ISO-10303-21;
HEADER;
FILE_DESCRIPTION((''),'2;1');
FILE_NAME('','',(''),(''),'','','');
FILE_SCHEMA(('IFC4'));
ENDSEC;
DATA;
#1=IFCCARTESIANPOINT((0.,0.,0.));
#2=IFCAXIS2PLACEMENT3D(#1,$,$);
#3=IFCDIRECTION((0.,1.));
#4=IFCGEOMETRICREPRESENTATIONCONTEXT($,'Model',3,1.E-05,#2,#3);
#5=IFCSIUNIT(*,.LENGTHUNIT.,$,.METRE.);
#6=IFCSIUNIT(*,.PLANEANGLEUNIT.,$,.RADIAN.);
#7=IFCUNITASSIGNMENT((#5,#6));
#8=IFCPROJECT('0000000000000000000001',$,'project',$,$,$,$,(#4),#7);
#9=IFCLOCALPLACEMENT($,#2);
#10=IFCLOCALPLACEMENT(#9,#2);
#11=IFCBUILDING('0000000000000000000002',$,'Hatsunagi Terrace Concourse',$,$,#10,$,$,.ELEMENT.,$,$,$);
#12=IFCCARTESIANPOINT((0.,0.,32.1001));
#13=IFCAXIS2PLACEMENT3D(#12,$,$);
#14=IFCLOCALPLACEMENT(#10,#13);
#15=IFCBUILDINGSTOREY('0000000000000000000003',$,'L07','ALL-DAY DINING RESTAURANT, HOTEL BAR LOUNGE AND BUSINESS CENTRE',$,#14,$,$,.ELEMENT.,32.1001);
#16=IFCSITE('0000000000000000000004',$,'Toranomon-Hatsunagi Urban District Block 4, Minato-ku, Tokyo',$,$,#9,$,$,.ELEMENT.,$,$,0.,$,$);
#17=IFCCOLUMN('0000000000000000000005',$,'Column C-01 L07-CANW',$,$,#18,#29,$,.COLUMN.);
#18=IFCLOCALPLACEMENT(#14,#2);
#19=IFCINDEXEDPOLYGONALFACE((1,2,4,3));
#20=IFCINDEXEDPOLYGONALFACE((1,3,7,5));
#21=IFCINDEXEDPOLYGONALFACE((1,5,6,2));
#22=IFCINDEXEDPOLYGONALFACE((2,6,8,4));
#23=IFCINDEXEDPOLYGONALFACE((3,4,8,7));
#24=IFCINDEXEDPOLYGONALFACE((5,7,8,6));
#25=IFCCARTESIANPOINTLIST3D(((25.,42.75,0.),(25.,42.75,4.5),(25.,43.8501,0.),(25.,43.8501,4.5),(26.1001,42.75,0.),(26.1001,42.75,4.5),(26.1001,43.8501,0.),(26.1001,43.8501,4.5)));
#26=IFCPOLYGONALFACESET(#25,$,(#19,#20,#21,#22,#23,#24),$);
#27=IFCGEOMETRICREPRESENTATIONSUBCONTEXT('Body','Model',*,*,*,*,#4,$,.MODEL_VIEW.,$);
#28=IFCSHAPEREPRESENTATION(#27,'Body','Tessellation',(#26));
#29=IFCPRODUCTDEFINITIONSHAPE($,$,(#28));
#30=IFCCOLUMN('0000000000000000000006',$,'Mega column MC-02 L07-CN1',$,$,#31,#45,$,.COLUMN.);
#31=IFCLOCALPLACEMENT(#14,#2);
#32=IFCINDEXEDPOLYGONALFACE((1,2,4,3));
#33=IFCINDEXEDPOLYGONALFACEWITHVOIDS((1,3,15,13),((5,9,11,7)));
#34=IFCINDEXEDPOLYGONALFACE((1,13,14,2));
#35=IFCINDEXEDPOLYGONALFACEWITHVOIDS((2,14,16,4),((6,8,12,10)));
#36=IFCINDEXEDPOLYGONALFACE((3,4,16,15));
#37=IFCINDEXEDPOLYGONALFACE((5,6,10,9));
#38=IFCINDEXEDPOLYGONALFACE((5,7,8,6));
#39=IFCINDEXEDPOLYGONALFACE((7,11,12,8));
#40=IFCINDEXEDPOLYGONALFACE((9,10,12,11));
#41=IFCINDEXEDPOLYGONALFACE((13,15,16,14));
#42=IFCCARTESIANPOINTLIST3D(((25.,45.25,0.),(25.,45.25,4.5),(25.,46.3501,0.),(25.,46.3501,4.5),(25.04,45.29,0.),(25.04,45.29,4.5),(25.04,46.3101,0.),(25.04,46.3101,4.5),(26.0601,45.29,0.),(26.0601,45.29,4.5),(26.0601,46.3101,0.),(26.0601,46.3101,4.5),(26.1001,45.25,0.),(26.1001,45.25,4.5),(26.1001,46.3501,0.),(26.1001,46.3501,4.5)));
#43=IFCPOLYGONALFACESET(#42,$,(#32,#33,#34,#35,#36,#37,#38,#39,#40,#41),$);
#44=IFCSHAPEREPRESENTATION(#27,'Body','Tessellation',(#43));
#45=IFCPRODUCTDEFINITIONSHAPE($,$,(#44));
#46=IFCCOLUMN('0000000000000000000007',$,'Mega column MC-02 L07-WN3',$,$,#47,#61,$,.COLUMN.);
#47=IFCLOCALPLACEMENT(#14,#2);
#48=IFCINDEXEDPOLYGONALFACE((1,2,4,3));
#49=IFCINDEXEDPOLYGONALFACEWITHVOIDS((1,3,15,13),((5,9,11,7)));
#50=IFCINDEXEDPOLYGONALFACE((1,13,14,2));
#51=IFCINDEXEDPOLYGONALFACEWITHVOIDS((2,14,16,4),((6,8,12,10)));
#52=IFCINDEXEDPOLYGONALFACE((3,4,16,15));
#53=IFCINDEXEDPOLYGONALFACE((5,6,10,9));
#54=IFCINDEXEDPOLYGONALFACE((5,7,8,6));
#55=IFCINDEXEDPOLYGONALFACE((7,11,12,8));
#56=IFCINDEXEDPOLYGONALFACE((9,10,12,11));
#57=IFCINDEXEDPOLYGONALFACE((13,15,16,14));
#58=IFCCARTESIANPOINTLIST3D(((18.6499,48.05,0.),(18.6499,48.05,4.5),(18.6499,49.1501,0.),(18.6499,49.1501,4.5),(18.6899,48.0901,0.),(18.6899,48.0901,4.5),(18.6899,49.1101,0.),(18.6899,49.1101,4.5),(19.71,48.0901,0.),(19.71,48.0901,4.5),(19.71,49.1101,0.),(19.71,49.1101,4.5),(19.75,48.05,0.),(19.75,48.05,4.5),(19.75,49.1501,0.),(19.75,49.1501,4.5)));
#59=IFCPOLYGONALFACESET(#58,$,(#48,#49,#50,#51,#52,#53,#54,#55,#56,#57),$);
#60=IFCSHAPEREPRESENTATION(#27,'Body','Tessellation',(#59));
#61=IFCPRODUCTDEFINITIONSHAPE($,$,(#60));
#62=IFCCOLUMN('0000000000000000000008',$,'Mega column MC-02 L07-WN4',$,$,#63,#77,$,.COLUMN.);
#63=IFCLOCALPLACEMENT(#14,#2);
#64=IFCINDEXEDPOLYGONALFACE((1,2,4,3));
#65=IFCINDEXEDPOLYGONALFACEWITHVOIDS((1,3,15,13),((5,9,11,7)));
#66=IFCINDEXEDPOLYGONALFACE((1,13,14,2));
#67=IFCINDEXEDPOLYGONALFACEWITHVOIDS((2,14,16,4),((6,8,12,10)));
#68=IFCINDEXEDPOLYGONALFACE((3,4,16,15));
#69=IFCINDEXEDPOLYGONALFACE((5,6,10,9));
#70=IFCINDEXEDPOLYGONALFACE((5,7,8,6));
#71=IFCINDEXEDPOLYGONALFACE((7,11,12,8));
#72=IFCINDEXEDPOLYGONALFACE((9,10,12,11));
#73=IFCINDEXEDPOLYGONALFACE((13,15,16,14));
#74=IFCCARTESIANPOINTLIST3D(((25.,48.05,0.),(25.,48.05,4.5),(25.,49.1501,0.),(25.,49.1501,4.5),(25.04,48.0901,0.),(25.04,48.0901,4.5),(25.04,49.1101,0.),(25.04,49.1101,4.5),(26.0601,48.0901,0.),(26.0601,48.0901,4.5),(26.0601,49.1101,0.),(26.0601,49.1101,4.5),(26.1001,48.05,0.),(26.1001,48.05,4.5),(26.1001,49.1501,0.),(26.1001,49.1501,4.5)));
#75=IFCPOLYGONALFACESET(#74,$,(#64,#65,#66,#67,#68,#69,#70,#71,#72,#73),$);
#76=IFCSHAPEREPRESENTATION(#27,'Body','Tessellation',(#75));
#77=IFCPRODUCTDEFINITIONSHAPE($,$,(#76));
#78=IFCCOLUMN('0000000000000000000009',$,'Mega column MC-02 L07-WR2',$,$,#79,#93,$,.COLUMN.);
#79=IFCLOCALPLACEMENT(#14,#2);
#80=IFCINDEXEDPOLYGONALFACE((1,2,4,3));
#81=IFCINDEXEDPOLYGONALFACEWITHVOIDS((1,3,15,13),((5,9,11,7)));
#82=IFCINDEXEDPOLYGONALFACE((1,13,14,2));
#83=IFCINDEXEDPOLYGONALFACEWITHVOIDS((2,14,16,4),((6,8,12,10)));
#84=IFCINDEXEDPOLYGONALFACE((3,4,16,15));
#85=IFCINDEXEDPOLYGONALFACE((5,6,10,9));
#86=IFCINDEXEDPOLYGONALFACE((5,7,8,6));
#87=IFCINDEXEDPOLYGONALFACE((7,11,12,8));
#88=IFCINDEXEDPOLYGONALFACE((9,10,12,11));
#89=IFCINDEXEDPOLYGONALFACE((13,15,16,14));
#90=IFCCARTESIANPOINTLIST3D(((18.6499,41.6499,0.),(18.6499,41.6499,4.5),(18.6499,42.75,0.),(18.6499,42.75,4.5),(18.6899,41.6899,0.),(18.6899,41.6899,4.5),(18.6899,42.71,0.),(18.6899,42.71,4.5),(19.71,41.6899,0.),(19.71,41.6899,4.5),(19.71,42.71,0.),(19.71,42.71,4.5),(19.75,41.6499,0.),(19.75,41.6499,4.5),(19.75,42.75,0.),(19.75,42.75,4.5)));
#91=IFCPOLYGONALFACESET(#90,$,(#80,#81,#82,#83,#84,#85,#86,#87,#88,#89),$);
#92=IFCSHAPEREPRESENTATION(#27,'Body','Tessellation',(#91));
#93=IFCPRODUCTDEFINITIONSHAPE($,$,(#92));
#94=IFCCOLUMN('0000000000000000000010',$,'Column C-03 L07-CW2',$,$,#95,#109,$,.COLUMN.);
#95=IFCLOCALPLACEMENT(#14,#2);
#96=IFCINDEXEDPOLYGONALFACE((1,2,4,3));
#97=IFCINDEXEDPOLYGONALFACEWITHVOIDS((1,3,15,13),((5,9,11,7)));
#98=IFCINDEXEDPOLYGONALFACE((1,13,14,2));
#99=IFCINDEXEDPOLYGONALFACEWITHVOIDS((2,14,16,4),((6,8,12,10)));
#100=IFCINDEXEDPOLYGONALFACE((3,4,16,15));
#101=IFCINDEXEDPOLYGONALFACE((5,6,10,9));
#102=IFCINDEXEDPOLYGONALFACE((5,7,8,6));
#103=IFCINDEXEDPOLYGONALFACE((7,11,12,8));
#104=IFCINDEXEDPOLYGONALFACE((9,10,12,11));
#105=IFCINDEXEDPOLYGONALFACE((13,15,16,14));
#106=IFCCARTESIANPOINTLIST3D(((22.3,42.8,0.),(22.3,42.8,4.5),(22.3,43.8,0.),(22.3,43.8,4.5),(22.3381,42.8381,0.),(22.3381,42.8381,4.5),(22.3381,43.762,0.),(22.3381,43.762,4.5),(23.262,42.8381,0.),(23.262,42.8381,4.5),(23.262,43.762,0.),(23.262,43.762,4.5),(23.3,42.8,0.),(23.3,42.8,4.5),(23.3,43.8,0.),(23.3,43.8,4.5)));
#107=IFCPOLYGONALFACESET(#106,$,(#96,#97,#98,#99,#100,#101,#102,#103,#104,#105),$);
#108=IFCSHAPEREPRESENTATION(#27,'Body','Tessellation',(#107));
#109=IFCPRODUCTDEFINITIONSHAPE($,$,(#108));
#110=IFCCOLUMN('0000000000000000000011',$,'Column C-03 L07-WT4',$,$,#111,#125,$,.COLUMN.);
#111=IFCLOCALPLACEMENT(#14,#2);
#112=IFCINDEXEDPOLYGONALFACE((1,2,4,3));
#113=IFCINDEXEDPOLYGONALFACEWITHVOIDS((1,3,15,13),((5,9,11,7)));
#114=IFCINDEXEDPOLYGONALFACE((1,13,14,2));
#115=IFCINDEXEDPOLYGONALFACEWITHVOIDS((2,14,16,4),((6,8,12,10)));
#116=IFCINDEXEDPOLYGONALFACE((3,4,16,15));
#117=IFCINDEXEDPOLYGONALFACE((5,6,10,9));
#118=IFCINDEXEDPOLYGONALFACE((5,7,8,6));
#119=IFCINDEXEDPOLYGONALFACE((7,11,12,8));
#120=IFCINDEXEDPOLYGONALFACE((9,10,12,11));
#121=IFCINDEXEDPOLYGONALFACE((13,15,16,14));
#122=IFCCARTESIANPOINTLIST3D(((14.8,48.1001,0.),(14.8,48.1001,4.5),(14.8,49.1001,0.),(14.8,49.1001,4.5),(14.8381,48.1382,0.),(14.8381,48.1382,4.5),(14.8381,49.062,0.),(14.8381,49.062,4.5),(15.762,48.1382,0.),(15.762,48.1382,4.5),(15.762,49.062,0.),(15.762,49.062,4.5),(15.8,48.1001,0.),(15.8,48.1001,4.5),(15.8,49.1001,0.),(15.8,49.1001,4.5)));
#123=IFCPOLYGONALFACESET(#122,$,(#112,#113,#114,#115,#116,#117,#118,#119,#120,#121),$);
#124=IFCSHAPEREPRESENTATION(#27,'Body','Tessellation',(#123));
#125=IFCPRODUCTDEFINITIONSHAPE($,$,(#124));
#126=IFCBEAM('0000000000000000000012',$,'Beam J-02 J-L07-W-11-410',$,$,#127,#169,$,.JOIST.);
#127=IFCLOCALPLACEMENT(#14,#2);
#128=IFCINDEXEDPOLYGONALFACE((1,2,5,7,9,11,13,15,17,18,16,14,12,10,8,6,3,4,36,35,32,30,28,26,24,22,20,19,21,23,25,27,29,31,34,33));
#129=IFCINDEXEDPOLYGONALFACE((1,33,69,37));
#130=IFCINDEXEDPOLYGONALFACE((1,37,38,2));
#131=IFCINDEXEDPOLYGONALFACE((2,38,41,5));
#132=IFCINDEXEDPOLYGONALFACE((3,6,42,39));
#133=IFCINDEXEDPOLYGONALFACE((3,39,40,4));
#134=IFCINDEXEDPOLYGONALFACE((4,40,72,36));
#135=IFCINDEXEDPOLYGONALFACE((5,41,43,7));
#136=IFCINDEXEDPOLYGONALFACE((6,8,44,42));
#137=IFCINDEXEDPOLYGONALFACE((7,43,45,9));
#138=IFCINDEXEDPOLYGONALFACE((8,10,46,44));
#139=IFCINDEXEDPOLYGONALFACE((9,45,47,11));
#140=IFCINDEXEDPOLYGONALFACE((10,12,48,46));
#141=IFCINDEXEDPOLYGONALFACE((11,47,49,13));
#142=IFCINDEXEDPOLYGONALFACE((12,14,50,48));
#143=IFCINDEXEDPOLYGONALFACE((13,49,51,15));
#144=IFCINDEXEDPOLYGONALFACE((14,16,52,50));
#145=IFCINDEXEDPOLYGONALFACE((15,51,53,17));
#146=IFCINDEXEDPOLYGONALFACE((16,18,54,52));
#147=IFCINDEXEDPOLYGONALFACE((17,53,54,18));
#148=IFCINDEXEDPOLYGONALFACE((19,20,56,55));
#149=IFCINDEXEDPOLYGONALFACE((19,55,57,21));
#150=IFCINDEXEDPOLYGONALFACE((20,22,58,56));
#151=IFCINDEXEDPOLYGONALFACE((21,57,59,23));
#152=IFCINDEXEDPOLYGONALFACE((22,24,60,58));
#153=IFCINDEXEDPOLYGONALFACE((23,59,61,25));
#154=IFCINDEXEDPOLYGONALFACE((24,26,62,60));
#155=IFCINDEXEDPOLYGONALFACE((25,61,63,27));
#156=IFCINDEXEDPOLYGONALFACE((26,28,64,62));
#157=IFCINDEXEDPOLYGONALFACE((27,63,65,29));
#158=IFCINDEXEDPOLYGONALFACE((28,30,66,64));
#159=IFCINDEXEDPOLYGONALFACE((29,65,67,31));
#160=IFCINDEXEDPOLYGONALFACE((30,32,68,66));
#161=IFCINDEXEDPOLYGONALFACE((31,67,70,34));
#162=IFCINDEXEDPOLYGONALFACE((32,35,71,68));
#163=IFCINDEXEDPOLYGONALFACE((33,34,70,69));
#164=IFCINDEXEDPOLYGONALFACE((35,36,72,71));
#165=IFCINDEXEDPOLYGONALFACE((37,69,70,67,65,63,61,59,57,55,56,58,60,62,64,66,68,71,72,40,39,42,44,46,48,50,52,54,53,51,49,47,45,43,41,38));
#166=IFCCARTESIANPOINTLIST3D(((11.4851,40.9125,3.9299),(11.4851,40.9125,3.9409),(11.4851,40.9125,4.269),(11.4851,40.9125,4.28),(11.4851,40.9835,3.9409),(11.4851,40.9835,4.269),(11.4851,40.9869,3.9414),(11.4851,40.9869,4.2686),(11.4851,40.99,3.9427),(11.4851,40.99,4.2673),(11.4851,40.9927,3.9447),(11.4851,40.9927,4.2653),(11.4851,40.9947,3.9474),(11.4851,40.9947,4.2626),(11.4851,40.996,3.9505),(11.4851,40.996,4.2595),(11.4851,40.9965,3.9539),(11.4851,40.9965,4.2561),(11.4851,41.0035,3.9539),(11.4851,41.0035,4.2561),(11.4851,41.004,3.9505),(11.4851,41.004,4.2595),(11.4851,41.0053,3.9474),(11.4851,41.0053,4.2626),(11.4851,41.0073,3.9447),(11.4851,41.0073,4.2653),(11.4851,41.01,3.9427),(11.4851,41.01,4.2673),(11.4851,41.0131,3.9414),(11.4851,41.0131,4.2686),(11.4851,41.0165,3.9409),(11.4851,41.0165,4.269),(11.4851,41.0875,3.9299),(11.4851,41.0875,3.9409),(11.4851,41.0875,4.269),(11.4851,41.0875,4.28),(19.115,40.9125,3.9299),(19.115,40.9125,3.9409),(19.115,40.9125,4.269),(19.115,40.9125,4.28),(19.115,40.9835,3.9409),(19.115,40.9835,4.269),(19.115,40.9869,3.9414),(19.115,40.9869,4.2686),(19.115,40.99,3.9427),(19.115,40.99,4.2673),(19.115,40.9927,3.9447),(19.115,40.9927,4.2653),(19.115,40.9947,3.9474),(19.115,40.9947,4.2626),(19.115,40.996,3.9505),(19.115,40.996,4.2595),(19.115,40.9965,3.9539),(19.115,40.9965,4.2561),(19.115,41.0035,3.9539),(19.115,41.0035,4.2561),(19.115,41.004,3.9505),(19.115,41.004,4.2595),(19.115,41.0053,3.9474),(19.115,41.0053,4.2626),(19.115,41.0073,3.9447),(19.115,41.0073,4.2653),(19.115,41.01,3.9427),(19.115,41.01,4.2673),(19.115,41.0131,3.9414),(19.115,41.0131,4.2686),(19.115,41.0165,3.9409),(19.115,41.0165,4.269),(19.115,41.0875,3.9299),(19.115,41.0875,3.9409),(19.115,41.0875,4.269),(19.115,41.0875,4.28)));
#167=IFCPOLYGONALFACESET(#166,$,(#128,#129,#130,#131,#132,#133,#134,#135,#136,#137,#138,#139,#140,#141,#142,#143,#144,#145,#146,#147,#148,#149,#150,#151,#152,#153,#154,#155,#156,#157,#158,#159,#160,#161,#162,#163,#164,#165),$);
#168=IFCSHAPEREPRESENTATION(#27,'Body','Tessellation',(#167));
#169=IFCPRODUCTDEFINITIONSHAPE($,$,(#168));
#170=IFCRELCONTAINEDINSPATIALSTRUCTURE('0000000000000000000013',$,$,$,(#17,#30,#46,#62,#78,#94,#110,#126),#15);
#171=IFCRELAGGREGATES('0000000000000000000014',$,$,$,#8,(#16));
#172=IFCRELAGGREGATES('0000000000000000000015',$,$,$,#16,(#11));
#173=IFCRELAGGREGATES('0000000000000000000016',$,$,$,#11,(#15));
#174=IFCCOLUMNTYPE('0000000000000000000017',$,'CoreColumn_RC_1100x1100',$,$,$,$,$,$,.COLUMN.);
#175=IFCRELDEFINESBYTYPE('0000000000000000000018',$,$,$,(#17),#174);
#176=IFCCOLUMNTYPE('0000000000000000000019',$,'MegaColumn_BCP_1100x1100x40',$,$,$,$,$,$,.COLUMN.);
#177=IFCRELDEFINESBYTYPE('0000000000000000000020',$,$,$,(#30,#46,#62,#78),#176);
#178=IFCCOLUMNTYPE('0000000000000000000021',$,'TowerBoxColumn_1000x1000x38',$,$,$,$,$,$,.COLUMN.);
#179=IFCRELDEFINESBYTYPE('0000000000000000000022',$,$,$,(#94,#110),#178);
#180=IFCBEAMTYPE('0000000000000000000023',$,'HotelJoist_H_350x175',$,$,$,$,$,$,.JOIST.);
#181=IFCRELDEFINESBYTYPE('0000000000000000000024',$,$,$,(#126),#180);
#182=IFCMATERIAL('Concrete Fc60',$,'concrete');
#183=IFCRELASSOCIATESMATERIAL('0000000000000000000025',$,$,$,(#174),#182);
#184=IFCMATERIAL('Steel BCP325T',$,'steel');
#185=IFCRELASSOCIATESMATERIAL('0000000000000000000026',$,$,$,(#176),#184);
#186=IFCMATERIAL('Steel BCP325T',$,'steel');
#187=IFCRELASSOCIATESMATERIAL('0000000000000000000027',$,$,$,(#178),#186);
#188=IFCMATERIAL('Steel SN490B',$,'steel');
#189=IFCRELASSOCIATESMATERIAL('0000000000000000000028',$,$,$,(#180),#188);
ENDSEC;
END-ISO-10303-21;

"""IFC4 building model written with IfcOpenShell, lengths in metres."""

from ifc_helpers import new_model, si_unit, direction, frame, origin, origin_2d, place, context, subcontext, project, spatial, rectangle, hollow_rectangle, i_section, extrude, material, material_profile, profile_set, type_object, element, save


model = new_model("IFC4")

# Units and contexts
model_context = context("Model", 3, precision=1e-05, world=origin(), true_north=direction((0.0, 1.0)))
body_context = subcontext(model_context, "Body", "Model", "MODEL_VIEW")
ifc_project = project(units=[si_unit("LENGTHUNIT", "METRE"), si_unit("PLANEANGLEUNIT", "RADIAN")], contexts=[model_context])

# Site, building, storey
site_placement = place(None, origin())
site = spatial("IfcSite", under=ifc_project, at=site_placement, Name="Toranomon-Hatsunagi Urban District Block 4, Minato-ku, Tokyo", CompositionType="ELEMENT", RefElevation=0.0)
building_placement = place(site_placement, origin())
building = spatial("IfcBuilding", under=site, at=building_placement, Name="Hatsunagi Terrace Concourse", CompositionType="ELEMENT")
storey_placement = place(building_placement, frame((0.0, 0.0, 32.1001)))
storey = spatial("IfcBuildingStorey", under=building, at=storey_placement, Name="L07", Description="ALL-DAY DINING RESTAURANT, HOTEL BAR LOUNGE AND BUSINESS CENTRE", CompositionType="ELEMENT", Elevation=32.1001)

# Columns
ifc_material_1 = material(Name="Concrete Fc60", Category="concrete")
ifc_material_profile_1 = material_profile(ifc_material_1, rectangle(XDim=1.1001, YDim=1.1001, at=origin_2d()), Name="RC-1100x1100")
ifc_profile_set_1 = profile_set([ifc_material_profile_1], Name="Concrete Fc60")
column_type_1 = type_object("IfcColumnType", Name="CoreColumn_RC_1100x1100", PredefinedType="COLUMN", material=ifc_profile_set_1)
column_placement = place(storey_placement, frame((25.55, 43.3, 0.0), z_axis=(0.0, 0.0, 1.0), x_axis=(1.0, 0.0, 0.0)))
element("IfcColumn", 1, at=column_placement, inside=storey, type_object=column_type_1, Name="Column C-01 L07-CANW", PredefinedType="COLUMN", context=body_context, shape_type="SweptSolid", body=[
    extrude(rectangle(XDim=1.1001, YDim=1.1001, at=origin_2d()), origin(), (0.0, 0.0, 1.0), 4.5),
])
ifc_material_2 = material(Name="Steel BCP325T", Category="steel")
ifc_material_profile_2 = material_profile(ifc_material_2, hollow_rectangle(XDim=1.1001, YDim=1.1001, WallThickness=0.04, at=origin_2d()), Name="BCP-1100x1100x40")
ifc_profile_set_2 = profile_set([ifc_material_profile_2], Name="Steel BCP325T")
column_type_2 = type_object("IfcColumnType", Name="MegaColumn_BCP_1100x1100x40", PredefinedType="COLUMN", material=ifc_profile_set_2)
for number, where, z_axis, x_axis, name in (
    (2, (25.55, 45.8, 0.0), (0.0, 0.0, 1.0), (1.0, 0.0, 0.0), "Mega column MC-02 L07-CN1"),
    (3, (19.2, 48.6001, 0.0), (0.0, 0.0, 1.0), (1.0, 0.0, 0.0), "Mega column MC-02 L07-WN3"),
    (4, (25.55, 48.6001, 0.0), (0.0, 0.0, 1.0), (1.0, 0.0, 0.0), "Mega column MC-02 L07-WN4"),
    (5, (19.2, 42.2, 0.0), (0.0, 0.0, 1.0), (1.0, 0.0, 0.0), "Mega column MC-02 L07-WR2"),
):
    element("IfcColumn", number, at=place(storey_placement, frame(where, z_axis=z_axis, x_axis=x_axis)), inside=storey, type_object=column_type_2, Name=name, PredefinedType="COLUMN", context=body_context, shape_type="SweptSolid", body=[
        extrude(hollow_rectangle(XDim=1.1001, YDim=1.1001, WallThickness=0.04, at=origin_2d()), origin(), (0.0, 0.0, 1.0), 4.5),
    ])
ifc_material_3 = material(Name="Steel BCP325T", Category="steel")
ifc_material_profile_3 = material_profile(ifc_material_3, hollow_rectangle(XDim=1.0, YDim=1.0, WallThickness=0.0381, at=origin_2d()), Name="BCP-1000x1000x38")
ifc_profile_set_3 = profile_set([ifc_material_profile_3], Name="Steel BCP325T")
column_type_3 = type_object("IfcColumnType", Name="TowerBoxColumn_1000x1000x38", PredefinedType="COLUMN", material=ifc_profile_set_3)
for number, where, z_axis, x_axis, name in (
    (6, (22.8, 43.3, 0.0), (0.0, 0.0, 1.0), (1.0, 0.0, 0.0), "Column C-03 L07-CW2"),
    (7, (15.3, 48.6001, 0.0), (0.0, 0.0, 1.0), (1.0, 0.0, 0.0), "Column C-03 L07-WT4"),
):
    element("IfcColumn", number, at=place(storey_placement, frame(where, z_axis=z_axis, x_axis=x_axis)), inside=storey, type_object=column_type_3, Name=name, PredefinedType="COLUMN", context=body_context, shape_type="SweptSolid", body=[
        extrude(hollow_rectangle(XDim=1.0, YDim=1.0, WallThickness=0.0381, at=origin_2d()), origin(), (0.0, 0.0, 1.0), 4.5),
    ])

# Beam
ifc_material_4 = material(Name="Steel SN490B", Category="steel")
ifc_material_profile_4 = material_profile(ifc_material_4, i_section(OverallWidth=0.175, OverallDepth=0.3501, WebThickness=0.0071, FlangeThickness=0.011, FilletRadius=0.0129, at=origin_2d()), Name="H-350x175x7x11")
ifc_profile_set_4 = profile_set([ifc_material_profile_4], Name="Steel SN490B")
beam_type_1 = type_object("IfcBeamType", Name="HotelJoist_H_350x175", PredefinedType="JOIST", material=ifc_profile_set_4)
beam_1_placement = place(storey_placement, frame((11.4851, 41.0, 4.105), z_axis=(1.0, 0.0, 0.0), x_axis=(0.0, 1.0, 0.0)))
element("IfcBeam", 8, at=beam_1_placement, inside=storey, type_object=beam_type_1, Name="Beam J-02 J-L07-W-11-410", PredefinedType="JOIST", context=body_context, shape_type="SweptSolid", body=[
    extrude(i_section(OverallWidth=0.175, OverallDepth=0.3501, WebThickness=0.0071, FlangeThickness=0.011, FilletRadius=0.0129, at=origin_2d()), origin(), (0.0, 0.0, 1.0), 7.6299),
])

save(model, "model.ifc")
